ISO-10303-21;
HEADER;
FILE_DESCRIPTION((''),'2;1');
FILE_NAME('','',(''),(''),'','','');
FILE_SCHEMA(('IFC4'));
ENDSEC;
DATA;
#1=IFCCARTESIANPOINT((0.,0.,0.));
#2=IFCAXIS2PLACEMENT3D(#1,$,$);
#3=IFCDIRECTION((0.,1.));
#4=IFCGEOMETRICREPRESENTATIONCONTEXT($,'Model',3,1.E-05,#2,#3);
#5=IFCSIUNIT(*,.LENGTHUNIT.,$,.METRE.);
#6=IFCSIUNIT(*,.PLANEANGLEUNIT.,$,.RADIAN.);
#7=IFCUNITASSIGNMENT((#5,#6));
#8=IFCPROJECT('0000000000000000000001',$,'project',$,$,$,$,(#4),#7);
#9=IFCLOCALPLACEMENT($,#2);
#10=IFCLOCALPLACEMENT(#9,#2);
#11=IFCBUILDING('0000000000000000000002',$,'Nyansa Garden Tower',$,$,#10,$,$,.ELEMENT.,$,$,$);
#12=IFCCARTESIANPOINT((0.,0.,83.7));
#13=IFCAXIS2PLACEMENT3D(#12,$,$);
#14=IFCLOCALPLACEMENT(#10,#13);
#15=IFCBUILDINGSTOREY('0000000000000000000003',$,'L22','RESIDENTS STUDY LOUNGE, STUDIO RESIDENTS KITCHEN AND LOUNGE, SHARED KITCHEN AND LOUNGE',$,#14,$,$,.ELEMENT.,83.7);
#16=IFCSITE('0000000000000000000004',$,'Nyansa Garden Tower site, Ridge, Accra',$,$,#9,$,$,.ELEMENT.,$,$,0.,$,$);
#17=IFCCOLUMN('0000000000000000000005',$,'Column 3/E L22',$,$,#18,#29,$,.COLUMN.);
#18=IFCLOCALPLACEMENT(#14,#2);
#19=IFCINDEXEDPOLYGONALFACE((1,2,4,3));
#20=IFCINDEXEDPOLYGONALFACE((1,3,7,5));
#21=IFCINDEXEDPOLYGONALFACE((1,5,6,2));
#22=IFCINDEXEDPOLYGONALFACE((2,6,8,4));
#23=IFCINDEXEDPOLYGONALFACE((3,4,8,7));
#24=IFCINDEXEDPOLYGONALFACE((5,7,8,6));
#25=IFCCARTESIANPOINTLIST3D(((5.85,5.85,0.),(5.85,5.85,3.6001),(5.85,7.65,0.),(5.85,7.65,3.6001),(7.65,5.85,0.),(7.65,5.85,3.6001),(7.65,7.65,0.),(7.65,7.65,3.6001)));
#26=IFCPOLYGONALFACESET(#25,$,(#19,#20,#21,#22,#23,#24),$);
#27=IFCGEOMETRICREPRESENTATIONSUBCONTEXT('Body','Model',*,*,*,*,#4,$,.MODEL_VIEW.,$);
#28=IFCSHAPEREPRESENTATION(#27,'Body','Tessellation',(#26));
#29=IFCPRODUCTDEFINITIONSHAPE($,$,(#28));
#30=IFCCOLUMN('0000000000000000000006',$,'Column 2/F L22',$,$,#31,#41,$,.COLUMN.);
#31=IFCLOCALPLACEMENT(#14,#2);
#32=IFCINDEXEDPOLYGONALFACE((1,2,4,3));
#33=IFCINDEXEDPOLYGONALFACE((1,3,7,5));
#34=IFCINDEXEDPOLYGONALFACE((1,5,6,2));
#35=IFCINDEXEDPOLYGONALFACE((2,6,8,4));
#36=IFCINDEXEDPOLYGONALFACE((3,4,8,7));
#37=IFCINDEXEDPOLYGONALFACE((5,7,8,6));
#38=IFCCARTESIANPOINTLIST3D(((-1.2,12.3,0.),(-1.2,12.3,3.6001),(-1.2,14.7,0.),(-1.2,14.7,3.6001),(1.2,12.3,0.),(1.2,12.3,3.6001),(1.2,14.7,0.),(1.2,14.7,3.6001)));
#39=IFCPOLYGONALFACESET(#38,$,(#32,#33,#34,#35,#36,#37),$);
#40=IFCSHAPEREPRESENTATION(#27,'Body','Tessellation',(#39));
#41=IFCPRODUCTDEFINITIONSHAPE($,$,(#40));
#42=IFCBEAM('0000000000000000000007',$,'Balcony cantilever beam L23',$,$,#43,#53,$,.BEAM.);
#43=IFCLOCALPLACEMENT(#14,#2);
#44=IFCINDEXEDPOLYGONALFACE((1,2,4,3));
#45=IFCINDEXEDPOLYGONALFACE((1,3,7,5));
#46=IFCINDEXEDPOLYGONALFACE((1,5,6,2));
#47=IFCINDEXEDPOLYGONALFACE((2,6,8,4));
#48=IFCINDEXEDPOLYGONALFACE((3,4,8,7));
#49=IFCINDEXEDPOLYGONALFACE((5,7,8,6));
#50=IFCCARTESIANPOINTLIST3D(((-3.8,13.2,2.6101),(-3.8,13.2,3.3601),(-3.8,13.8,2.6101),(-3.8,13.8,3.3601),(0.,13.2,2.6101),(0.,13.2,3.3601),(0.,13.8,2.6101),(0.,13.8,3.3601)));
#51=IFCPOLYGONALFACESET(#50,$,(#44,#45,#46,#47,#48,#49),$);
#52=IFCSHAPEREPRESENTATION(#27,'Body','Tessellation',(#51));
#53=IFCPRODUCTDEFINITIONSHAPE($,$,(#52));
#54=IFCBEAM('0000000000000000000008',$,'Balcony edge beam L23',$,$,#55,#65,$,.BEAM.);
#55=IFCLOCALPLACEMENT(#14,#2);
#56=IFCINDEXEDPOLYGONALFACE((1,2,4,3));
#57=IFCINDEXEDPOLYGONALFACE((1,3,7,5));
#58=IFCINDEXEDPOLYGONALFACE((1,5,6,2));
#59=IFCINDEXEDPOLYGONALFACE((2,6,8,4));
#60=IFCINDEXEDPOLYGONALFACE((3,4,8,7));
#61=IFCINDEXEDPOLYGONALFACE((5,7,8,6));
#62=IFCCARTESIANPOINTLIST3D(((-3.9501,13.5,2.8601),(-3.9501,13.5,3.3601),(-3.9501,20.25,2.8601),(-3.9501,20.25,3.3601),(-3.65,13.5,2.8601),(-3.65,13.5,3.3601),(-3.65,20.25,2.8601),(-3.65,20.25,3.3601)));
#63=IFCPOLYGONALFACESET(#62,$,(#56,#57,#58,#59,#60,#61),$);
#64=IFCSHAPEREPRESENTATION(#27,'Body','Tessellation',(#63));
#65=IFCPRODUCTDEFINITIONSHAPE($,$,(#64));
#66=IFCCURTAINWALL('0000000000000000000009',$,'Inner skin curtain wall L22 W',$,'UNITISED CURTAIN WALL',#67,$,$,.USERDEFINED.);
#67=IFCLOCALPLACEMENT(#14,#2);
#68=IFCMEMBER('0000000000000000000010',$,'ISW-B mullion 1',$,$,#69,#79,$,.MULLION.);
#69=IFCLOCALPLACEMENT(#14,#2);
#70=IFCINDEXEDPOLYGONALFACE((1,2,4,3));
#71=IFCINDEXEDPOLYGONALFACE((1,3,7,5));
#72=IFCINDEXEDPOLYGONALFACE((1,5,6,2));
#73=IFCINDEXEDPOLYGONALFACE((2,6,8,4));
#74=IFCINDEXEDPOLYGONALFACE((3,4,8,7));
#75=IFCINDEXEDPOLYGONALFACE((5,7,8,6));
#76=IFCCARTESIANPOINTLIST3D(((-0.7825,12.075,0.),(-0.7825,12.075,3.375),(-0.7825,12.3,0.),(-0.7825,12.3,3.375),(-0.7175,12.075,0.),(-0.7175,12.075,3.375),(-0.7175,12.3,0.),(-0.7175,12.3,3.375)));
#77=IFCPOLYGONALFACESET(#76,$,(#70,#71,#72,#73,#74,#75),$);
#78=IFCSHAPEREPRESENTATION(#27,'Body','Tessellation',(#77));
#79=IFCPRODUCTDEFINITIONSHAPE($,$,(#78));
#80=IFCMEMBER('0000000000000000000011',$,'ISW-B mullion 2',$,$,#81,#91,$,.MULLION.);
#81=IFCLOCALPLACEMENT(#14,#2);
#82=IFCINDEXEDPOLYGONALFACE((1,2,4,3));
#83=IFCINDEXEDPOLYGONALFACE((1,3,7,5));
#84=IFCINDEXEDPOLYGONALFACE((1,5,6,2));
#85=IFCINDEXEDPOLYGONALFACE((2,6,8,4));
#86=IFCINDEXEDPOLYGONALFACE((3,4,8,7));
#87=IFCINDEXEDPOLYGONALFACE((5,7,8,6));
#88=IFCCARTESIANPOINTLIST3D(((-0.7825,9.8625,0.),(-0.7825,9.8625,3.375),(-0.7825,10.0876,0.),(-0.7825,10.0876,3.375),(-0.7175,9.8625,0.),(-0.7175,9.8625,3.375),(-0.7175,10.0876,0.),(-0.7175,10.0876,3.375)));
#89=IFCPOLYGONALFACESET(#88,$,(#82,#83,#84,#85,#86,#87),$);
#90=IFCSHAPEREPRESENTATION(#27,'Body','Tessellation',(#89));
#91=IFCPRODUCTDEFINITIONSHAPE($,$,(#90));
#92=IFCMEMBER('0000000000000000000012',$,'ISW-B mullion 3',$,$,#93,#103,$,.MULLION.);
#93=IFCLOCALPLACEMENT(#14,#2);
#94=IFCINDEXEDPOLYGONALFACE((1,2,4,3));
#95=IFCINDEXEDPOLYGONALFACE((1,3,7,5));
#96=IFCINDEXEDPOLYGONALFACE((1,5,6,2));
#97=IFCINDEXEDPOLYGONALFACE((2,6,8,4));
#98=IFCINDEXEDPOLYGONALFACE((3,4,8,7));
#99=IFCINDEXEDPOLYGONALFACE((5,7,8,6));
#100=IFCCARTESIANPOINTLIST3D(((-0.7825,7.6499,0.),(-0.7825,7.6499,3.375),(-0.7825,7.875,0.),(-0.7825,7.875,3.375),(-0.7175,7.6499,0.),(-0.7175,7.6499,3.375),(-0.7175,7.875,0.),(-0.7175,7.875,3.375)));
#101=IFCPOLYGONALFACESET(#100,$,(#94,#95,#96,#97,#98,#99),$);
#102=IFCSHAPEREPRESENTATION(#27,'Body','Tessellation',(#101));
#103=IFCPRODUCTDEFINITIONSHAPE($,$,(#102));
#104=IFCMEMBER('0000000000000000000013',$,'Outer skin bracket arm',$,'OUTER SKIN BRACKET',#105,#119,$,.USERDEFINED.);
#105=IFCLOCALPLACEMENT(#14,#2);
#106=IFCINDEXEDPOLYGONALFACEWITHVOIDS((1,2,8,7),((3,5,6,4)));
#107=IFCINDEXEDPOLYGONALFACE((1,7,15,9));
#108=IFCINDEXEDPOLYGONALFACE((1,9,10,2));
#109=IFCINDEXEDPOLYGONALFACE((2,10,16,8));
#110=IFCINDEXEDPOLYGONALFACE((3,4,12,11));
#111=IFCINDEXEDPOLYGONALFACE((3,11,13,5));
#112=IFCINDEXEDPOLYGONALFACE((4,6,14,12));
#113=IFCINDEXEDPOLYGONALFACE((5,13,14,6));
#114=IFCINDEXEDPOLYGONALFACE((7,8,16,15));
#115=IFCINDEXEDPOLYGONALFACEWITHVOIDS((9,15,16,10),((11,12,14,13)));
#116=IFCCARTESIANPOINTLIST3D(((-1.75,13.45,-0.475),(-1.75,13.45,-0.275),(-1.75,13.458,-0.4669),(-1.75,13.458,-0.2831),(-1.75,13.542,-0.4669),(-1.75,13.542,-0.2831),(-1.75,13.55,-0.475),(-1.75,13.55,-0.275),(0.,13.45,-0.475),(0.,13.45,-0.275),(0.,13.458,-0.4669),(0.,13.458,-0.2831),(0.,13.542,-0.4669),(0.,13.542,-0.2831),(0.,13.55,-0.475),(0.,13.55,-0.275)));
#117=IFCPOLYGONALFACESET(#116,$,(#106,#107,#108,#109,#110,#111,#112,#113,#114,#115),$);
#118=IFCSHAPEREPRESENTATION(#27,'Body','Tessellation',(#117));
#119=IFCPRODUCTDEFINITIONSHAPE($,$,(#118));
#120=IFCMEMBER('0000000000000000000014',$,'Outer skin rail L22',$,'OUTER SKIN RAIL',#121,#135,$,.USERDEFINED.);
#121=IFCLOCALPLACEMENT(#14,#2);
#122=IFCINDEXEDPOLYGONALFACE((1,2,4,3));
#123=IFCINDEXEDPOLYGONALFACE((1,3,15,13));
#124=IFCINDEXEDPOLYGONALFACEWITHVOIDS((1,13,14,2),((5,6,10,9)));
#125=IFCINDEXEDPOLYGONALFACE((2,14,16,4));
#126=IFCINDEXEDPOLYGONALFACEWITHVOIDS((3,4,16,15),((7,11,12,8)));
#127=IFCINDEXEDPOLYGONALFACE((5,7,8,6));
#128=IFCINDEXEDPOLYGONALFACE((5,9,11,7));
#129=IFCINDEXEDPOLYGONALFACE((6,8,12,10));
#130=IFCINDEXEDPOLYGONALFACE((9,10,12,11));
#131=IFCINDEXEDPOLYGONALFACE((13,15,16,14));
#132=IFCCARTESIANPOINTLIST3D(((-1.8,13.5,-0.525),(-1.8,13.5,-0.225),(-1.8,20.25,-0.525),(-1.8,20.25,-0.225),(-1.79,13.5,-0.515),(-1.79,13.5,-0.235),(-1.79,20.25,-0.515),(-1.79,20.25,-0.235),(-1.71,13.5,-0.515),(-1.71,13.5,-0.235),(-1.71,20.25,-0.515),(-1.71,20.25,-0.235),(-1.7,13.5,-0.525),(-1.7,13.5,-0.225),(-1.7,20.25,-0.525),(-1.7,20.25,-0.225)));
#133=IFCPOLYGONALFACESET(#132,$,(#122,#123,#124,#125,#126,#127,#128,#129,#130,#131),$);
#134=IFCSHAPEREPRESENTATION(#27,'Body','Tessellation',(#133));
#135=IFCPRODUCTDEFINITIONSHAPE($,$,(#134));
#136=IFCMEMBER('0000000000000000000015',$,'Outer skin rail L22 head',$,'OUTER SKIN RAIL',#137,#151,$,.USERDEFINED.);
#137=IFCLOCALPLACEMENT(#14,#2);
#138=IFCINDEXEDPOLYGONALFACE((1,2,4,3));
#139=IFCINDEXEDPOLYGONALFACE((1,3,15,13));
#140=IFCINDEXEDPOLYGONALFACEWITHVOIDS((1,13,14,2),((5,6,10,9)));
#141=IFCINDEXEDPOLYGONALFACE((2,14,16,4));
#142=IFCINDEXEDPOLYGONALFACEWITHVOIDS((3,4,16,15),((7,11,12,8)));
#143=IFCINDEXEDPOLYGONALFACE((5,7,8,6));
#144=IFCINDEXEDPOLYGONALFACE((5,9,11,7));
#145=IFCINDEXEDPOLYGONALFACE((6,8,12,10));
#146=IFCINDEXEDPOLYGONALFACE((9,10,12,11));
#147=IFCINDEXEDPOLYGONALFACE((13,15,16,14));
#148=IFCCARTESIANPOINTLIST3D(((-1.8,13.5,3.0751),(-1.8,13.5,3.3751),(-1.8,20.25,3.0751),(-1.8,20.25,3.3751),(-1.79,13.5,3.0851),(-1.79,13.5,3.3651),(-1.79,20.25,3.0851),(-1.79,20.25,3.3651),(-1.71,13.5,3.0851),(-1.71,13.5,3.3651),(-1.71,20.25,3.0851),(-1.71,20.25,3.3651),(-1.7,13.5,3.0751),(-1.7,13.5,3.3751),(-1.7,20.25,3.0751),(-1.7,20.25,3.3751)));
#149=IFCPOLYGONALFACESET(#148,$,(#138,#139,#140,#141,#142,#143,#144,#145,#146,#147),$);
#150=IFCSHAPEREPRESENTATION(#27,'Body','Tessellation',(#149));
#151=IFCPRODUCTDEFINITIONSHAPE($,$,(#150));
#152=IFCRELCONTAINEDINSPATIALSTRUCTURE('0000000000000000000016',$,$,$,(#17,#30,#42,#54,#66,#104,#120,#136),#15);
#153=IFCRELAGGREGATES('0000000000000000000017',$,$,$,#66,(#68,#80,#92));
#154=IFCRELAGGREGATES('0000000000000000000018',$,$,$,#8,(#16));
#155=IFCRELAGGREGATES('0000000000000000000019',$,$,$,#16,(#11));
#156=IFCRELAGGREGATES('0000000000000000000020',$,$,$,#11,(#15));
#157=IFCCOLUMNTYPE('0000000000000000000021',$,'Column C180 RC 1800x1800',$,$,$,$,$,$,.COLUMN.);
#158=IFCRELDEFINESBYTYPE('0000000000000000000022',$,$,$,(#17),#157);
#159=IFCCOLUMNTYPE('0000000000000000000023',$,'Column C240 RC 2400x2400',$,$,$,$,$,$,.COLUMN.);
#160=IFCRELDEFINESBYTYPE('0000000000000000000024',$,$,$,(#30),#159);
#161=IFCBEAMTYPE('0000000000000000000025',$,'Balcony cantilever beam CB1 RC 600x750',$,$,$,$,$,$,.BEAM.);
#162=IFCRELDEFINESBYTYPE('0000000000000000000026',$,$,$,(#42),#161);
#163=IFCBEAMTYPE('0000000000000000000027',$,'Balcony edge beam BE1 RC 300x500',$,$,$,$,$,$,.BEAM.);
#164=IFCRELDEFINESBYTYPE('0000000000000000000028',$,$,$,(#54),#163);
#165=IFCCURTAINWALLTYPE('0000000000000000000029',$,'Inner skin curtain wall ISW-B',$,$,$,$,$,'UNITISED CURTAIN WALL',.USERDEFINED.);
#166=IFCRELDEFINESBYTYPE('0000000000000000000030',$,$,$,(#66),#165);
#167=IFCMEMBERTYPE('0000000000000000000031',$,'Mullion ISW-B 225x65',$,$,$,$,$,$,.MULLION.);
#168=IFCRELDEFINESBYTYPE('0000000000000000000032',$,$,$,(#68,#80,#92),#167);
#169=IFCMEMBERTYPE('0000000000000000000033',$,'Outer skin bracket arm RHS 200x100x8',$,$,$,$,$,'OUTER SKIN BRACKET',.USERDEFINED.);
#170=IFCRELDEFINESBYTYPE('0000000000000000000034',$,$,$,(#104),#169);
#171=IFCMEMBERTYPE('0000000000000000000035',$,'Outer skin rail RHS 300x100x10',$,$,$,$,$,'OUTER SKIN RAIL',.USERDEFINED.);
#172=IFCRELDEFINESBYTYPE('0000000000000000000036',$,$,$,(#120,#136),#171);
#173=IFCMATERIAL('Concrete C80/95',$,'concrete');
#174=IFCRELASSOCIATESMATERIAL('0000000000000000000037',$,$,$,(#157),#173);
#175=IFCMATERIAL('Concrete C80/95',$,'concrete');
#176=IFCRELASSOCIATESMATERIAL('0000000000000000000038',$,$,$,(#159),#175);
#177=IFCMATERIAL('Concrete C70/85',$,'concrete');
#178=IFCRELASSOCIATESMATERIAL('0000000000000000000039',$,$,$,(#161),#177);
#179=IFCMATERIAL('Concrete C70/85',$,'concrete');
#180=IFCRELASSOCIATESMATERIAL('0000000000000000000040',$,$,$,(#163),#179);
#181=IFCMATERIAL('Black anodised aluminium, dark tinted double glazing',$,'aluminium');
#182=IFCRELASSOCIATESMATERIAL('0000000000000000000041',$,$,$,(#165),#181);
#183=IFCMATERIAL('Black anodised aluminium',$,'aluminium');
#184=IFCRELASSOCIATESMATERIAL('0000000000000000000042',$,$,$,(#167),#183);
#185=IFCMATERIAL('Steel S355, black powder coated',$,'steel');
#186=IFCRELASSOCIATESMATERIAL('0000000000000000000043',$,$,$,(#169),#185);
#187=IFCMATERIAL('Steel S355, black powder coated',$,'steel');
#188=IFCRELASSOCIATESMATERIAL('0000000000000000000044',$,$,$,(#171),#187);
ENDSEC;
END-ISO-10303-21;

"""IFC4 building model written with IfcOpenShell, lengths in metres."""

from ifc_helpers import new_model, si_unit, direction, frame, origin, origin_2d, place, context, subcontext, project, spatial, rectangle, hollow_rectangle, extrude, material, material_profile, profile_set, type_object, element, aggregate, save


model = new_model("IFC4")

# Units and contexts
model_context = context("Model", 3, precision=1e-05, world=origin(), true_north=direction((0.0, 1.0)))
body_context = subcontext(model_context, "Body", "Model", "MODEL_VIEW")
ifc_project = project(units=[si_unit("LENGTHUNIT", "METRE"), si_unit("PLANEANGLEUNIT", "RADIAN")], contexts=[model_context])

# Site, building, storey
site_placement = place(None, origin())
site = spatial("IfcSite", under=ifc_project, at=site_placement, Name="Nyansa Garden Tower site, Ridge, Accra", CompositionType="ELEMENT", RefElevation=0.0)
building_placement = place(site_placement, origin())
building = spatial("IfcBuilding", under=site, at=building_placement, Name="Nyansa Garden Tower", CompositionType="ELEMENT")
storey_placement = place(building_placement, frame((0.0, 0.0, 83.7)))
storey = spatial("IfcBuildingStorey", under=building, at=storey_placement, Name="L22", Description="RESIDENTS STUDY LOUNGE, STUDIO RESIDENTS KITCHEN AND LOUNGE, SHARED KITCHEN AND LOUNGE", CompositionType="ELEMENT", Elevation=83.7)

# Columns
ifc_material_1 = material(Name="Concrete C80/95", Category="concrete")
ifc_material_profile_1 = material_profile(ifc_material_1, rectangle(XDim=1.8, YDim=1.8, at=origin_2d()), Name="RC 1800x1800")
ifc_profile_set_1 = profile_set([ifc_material_profile_1], Name="Concrete C80/95")
column_type_1 = type_object("IfcColumnType", Name="Column C180 RC 1800x1800", PredefinedType="COLUMN", material=ifc_profile_set_1)
column_1_placement = place(storey_placement, frame((6.75, 6.75, 0.0), z_axis=(0.0, 0.0, 1.0), x_axis=(1.0, 0.0, 0.0)))
element("IfcColumn", 1, at=column_1_placement, inside=storey, type_object=column_type_1, Name="Column 3/E L22", PredefinedType="COLUMN", context=body_context, shape_type="SweptSolid", body=[
    extrude(rectangle(XDim=1.8, YDim=1.8, at=origin_2d()), origin(), (0.0, 0.0, 1.0), 3.6001),
])
ifc_material_2 = material(Name="Concrete C80/95", Category="concrete")
ifc_material_profile_2 = material_profile(ifc_material_2, rectangle(XDim=2.3999, YDim=2.3999, at=origin_2d()), Name="RC 2400x2400")
ifc_profile_set_2 = profile_set([ifc_material_profile_2], Name="Concrete C80/95")
column_type_2 = type_object("IfcColumnType", Name="Column C240 RC 2400x2400", PredefinedType="COLUMN", material=ifc_profile_set_2)
column_2_placement = place(storey_placement, frame((0.0, 13.5, 0.0), z_axis=(0.0, 0.0, 1.0), x_axis=(1.0, 0.0, 0.0)))
element("IfcColumn", 2, at=column_2_placement, inside=storey, type_object=column_type_2, Name="Column 2/F L22", PredefinedType="COLUMN", context=body_context, shape_type="SweptSolid", body=[
    extrude(rectangle(XDim=2.3999, YDim=2.3999, at=origin_2d()), origin(), (0.0, 0.0, 1.0), 3.6001),
])

# Beams
ifc_material_3 = material(Name="Concrete C70/85", Category="concrete")
ifc_material_profile_3 = material_profile(ifc_material_3, rectangle(XDim=0.6001, YDim=0.75, at=origin_2d()), Name="RC 600x750")
ifc_profile_set_3 = profile_set([ifc_material_profile_3], Name="Concrete C70/85")
beam_type_1 = type_object("IfcBeamType", Name="Balcony cantilever beam CB1 RC 600x750", PredefinedType="BEAM", material=ifc_profile_set_3)
beam_1_placement = place(storey_placement, frame((0.0, 13.5, 2.9851), z_axis=(-1.0, 0.0, 0.0), x_axis=(0.0, -1.0, 0.0)))
element("IfcBeam", 3, at=beam_1_placement, inside=storey, type_object=beam_type_1, Name="Balcony cantilever beam L23", PredefinedType="BEAM", context=body_context, shape_type="SweptSolid", body=[
    extrude(rectangle(XDim=0.6001, YDim=0.75, at=origin_2d()), origin(), (0.0, 0.0, 1.0), 3.8),
])
ifc_material_4 = material(Name="Concrete C70/85", Category="concrete")
ifc_material_profile_4 = material_profile(ifc_material_4, rectangle(XDim=0.3, YDim=0.5, at=origin_2d()), Name="RC 300x500")
ifc_profile_set_4 = profile_set([ifc_material_profile_4], Name="Concrete C70/85")
beam_type_2 = type_object("IfcBeamType", Name="Balcony edge beam BE1 RC 300x500", PredefinedType="BEAM", material=ifc_profile_set_4)
beam_2_placement = place(storey_placement, frame((-3.8, 13.5, 3.1101), z_axis=(0.0, 1.0, 0.0), x_axis=(-1.0, 0.0, 0.0)))
element("IfcBeam", 4, at=beam_2_placement, inside=storey, type_object=beam_type_2, Name="Balcony edge beam L23", PredefinedType="BEAM", context=body_context, shape_type="SweptSolid", body=[
    extrude(rectangle(XDim=0.3, YDim=0.5, at=origin_2d()), origin(), (0.0, 0.0, 1.0), 6.75),
])

# Curtain wall, members
ifc_material_5 = material(Name="Black anodised aluminium, dark tinted double glazing", Category="aluminium")
curtain_wall_type = type_object("IfcCurtainWallType", Name="Inner skin curtain wall ISW-B", ElementType="UNITISED CURTAIN WALL", PredefinedType="USERDEFINED", material=ifc_material_5)
curtain_wall_placement = place(storey_placement, origin())
curtain_wall = element("IfcCurtainWall", 5, at=curtain_wall_placement, inside=storey, type_object=curtain_wall_type, Name="Inner skin curtain wall L22 W", ObjectType="UNITISED CURTAIN WALL", PredefinedType="USERDEFINED")
ifc_material_6 = material(Name="Black anodised aluminium", Category="aluminium")
ifc_material_profile_5 = material_profile(ifc_material_6, rectangle(XDim=0.0649, YDim=0.2251, at=origin_2d()), Name="Mullion 225x65")
ifc_profile_set_5 = profile_set([ifc_material_profile_5], Name="Black anodised aluminium")
member_type_1 = type_object("IfcMemberType", Name="Mullion ISW-B 225x65", PredefinedType="MULLION", material=ifc_profile_set_5)
member_1_placement = place(storey_placement, frame((-0.75, 12.1875, 0.0), z_axis=(0.0, 0.0, 1.0), x_axis=(1.0, 0.0, 0.0)))
member_1 = element("IfcMember", 6, at=member_1_placement, type_object=member_type_1, Name="ISW-B mullion 1", PredefinedType="MULLION", context=body_context, shape_type="SweptSolid", body=[
    extrude(rectangle(XDim=0.0649, YDim=0.2251, at=origin_2d()), origin(), (0.0, 0.0, 1.0), 3.375),
])
member_2_placement = place(storey_placement, frame((-0.75, 9.9751, 0.0), z_axis=(0.0, 0.0, 1.0), x_axis=(1.0, 0.0, 0.0)))
member_2 = element("IfcMember", 7, at=member_2_placement, type_object=member_type_1, Name="ISW-B mullion 2", PredefinedType="MULLION", context=body_context, shape_type="SweptSolid", body=[
    extrude(rectangle(XDim=0.0649, YDim=0.2251, at=origin_2d()), origin(), (0.0, 0.0, 1.0), 3.375),
])
member_3_placement = place(storey_placement, frame((-0.75, 7.7625, 0.0), z_axis=(0.0, 0.0, 1.0), x_axis=(1.0, 0.0, 0.0)))
member_3 = element("IfcMember", 8, at=member_3_placement, type_object=member_type_1, Name="ISW-B mullion 3", PredefinedType="MULLION", context=body_context, shape_type="SweptSolid", body=[
    extrude(rectangle(XDim=0.0649, YDim=0.2251, at=origin_2d()), origin(), (0.0, 0.0, 1.0), 3.375),
])

# Members
ifc_material_7 = material(Name="Steel S355, black powder coated", Category="steel")
ifc_material_profile_6 = material_profile(ifc_material_7, hollow_rectangle(XDim=0.1001, YDim=0.2, WallThickness=0.0081, at=origin_2d()), Name="RHS 200x100x8")
ifc_profile_set_6 = profile_set([ifc_material_profile_6], Name="Steel S355, black powder coated")
member_type_2 = type_object("IfcMemberType", Name="Outer skin bracket arm RHS 200x100x8", ElementType="OUTER SKIN BRACKET", PredefinedType="USERDEFINED", material=ifc_profile_set_6)
member_4_placement = place(storey_placement, frame((0.0, 13.5, -0.375), z_axis=(-1.0, 0.0, 0.0), x_axis=(0.0, -1.0, 0.0)))
element("IfcMember", 9, at=member_4_placement, inside=storey, type_object=member_type_2, Name="Outer skin bracket arm", ObjectType="OUTER SKIN BRACKET", PredefinedType="USERDEFINED", context=body_context, shape_type="SweptSolid", body=[
    extrude(hollow_rectangle(XDim=0.1001, YDim=0.2, WallThickness=0.0081, at=origin_2d()), origin(), (0.0, 0.0, 1.0), 1.75),
])
ifc_material_8 = material(Name="Steel S355, black powder coated", Category="steel")
ifc_material_profile_7 = material_profile(ifc_material_8, hollow_rectangle(XDim=0.1001, YDim=0.3, WallThickness=0.01, at=origin_2d()), Name="RHS 300x100x10")
ifc_profile_set_7 = profile_set([ifc_material_profile_7], Name="Steel S355, black powder coated")
member_type_3 = type_object("IfcMemberType", Name="Outer skin rail RHS 300x100x10", ElementType="OUTER SKIN RAIL", PredefinedType="USERDEFINED", material=ifc_profile_set_7)
for number, where, z_axis, x_axis, name in (
    (10, (-1.75, 13.5, -0.375), (0.0, 1.0, 0.0), (-1.0, 0.0, 0.0), "Outer skin rail L22"),
    (11, (-1.75, 13.5, 3.2251), (0.0, 1.0, 0.0), (-1.0, 0.0, 0.0), "Outer skin rail L22 head"),
):
    element("IfcMember", number, at=place(storey_placement, frame(where, z_axis=z_axis, x_axis=x_axis)), inside=storey, type_object=member_type_3, Name=name, ObjectType="OUTER SKIN RAIL", PredefinedType="USERDEFINED", context=body_context, shape_type="SweptSolid", body=[
        extrude(hollow_rectangle(XDim=0.1001, YDim=0.3, WallThickness=0.01, at=origin_2d()), origin(), (0.0, 0.0, 1.0), 6.75),
    ])

aggregate(curtain_wall, [member_1, member_2, member_3])

save(model, "model.ifc")
